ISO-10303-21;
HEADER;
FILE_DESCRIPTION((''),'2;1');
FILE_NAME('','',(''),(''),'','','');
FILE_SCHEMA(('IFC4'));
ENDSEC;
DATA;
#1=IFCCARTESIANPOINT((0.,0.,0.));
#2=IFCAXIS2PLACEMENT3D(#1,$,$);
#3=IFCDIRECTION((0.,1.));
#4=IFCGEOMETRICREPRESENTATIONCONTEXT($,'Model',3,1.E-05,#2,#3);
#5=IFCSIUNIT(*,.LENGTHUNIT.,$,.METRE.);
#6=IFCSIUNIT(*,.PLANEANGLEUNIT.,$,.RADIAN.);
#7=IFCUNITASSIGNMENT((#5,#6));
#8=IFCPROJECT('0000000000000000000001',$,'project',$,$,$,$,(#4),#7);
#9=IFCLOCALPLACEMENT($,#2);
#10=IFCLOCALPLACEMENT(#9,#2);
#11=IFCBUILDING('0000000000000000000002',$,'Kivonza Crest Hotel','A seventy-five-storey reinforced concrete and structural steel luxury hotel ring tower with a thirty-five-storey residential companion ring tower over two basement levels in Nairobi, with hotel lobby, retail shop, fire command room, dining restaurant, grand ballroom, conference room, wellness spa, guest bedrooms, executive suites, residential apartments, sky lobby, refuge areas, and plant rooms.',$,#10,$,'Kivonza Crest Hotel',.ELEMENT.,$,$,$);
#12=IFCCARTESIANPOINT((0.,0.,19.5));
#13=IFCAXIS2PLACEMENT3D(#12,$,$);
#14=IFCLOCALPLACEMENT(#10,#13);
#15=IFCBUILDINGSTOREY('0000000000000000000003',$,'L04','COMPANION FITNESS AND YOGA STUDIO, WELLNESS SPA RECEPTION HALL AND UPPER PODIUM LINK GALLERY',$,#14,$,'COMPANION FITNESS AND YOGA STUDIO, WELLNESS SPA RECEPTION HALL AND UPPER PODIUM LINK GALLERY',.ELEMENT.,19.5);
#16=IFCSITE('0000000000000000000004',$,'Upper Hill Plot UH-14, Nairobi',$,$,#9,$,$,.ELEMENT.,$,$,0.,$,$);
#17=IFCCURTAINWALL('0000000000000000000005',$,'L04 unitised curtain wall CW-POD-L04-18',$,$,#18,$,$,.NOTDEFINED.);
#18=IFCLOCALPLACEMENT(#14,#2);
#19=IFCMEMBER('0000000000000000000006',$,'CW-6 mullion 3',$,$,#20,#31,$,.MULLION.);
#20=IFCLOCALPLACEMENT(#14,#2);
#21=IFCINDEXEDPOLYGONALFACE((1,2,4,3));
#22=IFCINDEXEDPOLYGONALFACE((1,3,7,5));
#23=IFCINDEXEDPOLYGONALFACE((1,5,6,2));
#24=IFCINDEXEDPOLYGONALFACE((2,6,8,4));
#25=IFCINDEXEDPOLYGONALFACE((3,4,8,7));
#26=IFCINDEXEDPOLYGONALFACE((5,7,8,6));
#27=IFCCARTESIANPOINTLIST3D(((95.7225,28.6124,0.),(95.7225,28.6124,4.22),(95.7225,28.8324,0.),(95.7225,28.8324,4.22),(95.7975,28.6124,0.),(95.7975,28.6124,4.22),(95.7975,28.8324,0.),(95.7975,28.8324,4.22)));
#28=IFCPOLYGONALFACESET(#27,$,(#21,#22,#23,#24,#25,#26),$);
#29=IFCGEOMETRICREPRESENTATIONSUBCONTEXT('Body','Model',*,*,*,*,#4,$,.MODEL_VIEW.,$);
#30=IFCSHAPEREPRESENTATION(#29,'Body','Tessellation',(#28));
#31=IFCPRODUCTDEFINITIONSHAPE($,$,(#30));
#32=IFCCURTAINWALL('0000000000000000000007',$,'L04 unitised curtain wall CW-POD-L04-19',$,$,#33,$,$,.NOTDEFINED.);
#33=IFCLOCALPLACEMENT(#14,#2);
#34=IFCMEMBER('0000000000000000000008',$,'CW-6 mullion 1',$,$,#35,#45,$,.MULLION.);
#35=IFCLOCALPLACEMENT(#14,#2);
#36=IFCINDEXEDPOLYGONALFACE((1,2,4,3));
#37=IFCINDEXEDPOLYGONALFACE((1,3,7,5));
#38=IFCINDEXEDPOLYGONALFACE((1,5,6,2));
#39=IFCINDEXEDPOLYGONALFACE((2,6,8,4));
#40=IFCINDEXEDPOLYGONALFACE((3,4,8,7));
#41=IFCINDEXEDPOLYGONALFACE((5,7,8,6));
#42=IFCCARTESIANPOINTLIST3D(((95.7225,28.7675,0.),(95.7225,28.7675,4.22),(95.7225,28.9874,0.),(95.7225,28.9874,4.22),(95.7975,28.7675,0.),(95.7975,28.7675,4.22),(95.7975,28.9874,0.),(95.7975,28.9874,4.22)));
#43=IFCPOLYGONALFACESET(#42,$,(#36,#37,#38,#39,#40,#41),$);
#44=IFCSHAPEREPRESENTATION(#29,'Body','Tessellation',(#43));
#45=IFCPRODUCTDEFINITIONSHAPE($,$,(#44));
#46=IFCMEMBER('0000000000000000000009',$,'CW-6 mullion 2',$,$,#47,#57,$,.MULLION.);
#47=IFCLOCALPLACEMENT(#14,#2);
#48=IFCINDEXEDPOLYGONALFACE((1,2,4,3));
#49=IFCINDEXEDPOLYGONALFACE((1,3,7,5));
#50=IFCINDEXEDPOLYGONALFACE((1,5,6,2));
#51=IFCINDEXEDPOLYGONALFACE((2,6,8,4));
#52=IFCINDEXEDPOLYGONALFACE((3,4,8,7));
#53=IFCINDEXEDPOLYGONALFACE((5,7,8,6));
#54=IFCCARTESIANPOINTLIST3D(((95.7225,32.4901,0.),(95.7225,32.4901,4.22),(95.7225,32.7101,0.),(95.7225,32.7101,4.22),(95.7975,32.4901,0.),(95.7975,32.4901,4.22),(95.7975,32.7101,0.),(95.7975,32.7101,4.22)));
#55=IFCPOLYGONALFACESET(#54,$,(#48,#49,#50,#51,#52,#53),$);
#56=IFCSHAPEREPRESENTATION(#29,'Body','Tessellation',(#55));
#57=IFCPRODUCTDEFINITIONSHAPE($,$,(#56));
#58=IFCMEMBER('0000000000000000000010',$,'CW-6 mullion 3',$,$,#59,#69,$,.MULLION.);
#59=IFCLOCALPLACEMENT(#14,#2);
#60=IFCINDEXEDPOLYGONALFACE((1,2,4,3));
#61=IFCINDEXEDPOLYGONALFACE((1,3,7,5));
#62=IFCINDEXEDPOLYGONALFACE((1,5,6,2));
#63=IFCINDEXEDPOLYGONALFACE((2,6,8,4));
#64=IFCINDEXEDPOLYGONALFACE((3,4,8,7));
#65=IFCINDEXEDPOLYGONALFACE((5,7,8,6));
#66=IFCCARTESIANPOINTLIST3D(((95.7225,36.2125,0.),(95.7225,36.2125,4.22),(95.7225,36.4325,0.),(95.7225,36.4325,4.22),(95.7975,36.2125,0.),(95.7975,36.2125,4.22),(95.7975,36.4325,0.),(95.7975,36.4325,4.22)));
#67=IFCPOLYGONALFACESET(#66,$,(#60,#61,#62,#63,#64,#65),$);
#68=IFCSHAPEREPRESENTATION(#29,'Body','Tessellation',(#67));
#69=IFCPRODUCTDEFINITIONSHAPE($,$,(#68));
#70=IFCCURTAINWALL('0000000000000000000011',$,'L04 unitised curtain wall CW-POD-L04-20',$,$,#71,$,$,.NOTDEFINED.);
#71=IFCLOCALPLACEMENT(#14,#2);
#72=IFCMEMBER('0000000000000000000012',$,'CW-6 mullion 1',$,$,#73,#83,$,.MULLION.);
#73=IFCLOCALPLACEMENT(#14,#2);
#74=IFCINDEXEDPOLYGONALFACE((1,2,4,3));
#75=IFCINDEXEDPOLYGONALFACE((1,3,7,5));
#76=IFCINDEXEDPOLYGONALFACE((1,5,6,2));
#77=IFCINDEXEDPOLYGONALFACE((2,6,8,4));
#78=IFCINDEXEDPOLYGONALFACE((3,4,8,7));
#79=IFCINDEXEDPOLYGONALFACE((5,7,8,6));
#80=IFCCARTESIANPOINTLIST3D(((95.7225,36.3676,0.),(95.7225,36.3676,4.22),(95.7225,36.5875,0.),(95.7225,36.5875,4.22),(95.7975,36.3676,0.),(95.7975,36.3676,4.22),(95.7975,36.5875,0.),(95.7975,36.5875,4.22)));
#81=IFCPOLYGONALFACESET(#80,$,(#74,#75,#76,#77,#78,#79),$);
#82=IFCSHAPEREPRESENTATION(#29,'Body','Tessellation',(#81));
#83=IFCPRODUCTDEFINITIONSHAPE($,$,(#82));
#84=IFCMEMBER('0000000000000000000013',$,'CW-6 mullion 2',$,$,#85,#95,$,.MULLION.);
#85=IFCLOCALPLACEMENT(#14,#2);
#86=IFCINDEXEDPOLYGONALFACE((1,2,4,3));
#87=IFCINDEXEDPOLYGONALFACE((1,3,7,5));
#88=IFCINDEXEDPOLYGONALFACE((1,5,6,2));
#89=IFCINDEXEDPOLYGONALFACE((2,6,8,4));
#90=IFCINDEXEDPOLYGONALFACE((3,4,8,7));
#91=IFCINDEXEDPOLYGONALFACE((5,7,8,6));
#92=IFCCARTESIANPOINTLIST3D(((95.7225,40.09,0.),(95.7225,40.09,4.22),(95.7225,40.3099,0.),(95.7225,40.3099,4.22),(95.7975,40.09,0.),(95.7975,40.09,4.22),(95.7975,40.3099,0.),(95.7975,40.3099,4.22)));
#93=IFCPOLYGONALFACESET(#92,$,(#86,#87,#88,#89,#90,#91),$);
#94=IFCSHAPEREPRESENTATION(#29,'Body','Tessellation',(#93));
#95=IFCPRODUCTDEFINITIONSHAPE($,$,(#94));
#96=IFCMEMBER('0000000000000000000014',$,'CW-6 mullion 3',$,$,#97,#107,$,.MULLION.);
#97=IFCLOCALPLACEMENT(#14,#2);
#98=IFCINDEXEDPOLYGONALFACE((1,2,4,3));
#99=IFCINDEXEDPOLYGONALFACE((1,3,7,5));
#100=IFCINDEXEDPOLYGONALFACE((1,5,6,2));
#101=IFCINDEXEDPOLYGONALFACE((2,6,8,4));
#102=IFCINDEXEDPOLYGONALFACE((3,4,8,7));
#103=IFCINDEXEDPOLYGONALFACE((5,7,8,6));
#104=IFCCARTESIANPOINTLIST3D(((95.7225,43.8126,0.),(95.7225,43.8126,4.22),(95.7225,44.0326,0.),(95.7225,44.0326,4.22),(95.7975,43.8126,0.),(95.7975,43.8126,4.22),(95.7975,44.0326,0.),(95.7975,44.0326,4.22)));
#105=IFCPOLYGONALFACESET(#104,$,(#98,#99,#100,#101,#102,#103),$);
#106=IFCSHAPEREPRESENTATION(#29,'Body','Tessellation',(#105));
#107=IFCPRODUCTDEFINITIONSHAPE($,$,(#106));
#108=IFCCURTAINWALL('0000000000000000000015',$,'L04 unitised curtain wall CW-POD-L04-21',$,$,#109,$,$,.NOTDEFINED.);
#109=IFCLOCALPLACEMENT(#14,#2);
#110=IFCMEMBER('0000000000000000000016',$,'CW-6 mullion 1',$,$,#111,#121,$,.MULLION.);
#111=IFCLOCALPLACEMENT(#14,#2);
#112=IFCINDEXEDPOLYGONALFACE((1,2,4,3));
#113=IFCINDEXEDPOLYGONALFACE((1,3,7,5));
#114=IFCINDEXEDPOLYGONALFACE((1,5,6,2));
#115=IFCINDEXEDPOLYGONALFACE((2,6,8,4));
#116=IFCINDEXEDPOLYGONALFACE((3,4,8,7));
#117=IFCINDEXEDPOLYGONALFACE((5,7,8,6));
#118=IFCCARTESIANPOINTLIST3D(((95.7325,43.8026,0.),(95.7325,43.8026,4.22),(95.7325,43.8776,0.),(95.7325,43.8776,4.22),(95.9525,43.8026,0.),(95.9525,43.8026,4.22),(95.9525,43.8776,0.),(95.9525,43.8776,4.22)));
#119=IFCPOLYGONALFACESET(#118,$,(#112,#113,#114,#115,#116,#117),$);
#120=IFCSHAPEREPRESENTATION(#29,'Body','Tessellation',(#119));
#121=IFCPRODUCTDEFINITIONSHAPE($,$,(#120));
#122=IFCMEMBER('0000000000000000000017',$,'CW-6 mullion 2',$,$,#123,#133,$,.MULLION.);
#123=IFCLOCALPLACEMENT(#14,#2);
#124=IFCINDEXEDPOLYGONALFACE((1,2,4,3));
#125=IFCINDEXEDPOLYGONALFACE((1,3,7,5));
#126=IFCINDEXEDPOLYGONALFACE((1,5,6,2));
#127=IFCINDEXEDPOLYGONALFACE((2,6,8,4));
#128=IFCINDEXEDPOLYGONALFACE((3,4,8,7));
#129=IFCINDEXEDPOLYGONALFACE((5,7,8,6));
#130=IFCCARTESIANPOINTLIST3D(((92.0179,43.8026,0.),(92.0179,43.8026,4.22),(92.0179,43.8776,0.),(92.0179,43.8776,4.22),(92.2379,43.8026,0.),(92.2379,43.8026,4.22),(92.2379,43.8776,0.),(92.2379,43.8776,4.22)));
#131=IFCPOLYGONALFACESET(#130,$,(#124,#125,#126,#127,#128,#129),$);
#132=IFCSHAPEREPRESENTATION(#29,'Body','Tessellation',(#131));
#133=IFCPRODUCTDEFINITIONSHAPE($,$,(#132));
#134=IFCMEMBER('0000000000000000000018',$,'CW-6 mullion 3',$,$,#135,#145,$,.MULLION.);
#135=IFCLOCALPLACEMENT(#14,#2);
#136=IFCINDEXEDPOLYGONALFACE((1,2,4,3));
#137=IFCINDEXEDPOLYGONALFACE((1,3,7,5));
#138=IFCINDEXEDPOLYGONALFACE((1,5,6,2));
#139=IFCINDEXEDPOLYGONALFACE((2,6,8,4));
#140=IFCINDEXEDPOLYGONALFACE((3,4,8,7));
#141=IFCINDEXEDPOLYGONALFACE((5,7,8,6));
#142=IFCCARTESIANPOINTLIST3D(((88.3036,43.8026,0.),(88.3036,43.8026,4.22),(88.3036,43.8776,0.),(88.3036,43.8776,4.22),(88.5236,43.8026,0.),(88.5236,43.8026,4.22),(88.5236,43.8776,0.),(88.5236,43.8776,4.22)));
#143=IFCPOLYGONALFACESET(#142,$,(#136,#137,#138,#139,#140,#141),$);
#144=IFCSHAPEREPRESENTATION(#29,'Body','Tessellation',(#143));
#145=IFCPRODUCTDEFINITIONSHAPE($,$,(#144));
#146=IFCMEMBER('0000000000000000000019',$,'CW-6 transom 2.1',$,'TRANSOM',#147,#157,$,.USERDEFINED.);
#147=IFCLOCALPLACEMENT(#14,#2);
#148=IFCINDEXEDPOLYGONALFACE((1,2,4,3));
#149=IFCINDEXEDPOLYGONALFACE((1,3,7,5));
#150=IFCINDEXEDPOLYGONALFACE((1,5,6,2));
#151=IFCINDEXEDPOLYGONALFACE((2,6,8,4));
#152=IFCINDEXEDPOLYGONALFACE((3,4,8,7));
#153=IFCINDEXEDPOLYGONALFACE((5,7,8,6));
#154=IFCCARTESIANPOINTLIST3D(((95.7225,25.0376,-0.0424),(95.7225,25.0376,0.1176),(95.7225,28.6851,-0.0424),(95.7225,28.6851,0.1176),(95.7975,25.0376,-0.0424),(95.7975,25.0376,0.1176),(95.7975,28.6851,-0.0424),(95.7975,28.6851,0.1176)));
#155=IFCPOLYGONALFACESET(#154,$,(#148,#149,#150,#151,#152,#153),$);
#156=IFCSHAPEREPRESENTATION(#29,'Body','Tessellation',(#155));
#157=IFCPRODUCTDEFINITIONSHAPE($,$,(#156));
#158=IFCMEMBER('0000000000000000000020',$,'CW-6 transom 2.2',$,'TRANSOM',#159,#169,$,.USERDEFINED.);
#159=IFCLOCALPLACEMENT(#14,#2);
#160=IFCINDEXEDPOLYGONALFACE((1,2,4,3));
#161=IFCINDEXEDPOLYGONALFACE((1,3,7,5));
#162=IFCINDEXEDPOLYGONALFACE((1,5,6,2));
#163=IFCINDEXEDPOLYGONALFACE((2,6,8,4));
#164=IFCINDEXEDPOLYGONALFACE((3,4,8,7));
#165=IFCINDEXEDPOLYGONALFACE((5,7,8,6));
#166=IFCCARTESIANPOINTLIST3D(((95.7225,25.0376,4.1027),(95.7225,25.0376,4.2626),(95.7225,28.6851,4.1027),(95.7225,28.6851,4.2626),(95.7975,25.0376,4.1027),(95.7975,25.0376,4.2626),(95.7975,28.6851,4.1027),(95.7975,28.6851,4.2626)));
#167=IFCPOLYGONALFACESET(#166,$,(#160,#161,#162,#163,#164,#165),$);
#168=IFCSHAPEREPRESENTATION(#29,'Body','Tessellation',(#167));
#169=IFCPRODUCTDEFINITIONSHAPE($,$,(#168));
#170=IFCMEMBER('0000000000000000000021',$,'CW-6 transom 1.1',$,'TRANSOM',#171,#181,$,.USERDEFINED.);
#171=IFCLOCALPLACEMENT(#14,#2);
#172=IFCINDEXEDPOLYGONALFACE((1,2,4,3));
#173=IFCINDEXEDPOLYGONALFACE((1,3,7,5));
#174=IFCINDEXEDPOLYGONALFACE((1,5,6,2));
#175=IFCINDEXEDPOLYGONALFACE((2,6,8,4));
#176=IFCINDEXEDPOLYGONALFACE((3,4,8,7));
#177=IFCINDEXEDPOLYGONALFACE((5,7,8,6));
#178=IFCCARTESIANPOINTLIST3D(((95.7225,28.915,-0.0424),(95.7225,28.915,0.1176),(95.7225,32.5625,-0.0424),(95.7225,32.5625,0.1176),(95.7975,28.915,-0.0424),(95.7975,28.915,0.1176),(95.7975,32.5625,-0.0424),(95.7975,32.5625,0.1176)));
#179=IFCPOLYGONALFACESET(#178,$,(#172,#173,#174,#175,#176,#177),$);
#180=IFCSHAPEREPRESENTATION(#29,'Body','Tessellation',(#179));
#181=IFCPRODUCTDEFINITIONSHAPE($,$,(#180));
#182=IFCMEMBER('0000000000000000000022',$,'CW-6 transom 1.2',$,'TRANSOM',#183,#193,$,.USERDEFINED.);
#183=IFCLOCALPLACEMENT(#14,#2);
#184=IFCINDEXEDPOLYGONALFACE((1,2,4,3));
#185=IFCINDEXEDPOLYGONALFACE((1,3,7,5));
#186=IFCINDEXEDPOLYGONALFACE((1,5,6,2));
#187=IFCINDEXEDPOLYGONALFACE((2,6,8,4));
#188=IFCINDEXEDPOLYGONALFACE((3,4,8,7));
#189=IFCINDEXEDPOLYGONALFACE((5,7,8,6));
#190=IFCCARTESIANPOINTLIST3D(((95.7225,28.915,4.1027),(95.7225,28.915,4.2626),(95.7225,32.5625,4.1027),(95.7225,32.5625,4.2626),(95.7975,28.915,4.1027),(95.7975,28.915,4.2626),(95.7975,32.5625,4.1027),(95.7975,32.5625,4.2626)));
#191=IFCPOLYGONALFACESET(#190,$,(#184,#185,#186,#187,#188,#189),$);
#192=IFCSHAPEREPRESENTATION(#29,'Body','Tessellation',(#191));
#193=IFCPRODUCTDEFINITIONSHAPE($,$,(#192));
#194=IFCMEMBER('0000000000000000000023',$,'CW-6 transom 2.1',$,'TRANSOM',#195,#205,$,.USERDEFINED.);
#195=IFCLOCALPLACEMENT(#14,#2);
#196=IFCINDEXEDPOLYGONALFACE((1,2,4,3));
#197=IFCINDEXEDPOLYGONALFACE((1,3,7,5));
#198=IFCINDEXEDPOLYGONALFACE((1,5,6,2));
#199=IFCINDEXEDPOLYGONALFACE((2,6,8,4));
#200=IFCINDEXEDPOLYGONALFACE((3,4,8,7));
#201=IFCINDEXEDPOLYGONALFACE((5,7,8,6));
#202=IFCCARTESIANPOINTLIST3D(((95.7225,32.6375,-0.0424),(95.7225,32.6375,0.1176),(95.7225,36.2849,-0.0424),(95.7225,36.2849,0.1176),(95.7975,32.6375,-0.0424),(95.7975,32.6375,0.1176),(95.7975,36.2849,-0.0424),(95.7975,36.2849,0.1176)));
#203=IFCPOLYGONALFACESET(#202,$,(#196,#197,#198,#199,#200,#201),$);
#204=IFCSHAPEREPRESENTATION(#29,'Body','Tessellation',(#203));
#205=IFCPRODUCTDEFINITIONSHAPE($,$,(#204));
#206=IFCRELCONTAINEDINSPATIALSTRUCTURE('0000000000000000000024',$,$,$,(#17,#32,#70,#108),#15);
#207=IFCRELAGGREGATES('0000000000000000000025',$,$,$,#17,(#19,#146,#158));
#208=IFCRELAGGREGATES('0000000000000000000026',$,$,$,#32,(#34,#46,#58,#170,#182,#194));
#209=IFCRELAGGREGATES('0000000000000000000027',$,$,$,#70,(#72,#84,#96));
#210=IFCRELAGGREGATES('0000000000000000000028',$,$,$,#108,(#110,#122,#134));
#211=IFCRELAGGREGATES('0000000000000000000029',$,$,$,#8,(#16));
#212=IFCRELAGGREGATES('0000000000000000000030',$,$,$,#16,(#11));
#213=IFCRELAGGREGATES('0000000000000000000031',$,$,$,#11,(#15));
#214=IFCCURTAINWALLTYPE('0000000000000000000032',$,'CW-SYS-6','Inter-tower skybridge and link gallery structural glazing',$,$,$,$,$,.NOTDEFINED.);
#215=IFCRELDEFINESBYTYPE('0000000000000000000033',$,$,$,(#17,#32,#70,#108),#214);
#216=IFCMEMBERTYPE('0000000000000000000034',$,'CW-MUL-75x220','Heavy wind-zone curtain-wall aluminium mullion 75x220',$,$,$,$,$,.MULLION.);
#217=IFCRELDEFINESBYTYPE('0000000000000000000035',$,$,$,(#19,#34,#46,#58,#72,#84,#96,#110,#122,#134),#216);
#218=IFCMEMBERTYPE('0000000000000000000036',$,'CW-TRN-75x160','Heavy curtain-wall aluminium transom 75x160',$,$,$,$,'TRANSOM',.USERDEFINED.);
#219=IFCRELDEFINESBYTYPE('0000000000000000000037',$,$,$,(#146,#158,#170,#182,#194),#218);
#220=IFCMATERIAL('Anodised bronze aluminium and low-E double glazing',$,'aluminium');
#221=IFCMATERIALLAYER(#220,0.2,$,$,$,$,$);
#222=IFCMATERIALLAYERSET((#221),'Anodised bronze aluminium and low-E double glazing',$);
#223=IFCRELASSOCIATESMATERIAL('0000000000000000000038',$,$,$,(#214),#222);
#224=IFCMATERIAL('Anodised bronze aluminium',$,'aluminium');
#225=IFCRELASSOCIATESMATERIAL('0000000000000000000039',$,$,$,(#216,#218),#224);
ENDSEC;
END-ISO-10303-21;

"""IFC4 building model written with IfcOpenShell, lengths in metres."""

from ifc_helpers import new_model, si_unit, direction, frame, origin, origin_2d, place, context, subcontext, project, spatial, rectangle, extrude, material, layer, layer_set, material_profile, profile_set, type_object, element, aggregate, save


model = new_model("IFC4")

# Units and contexts
model_context = context("Model", 3, precision=1e-05, world=origin(), true_north=direction((0.0, 1.0)))
body_context = subcontext(model_context, "Body", "Model", "MODEL_VIEW")
ifc_project = project(units=[si_unit("LENGTHUNIT", "METRE"), si_unit("PLANEANGLEUNIT", "RADIAN")], contexts=[model_context])

# Site, building, storey
site_placement = place(None, origin())
site = spatial("IfcSite", under=ifc_project, at=site_placement, Name="Upper Hill Plot UH-14, Nairobi", CompositionType="ELEMENT", RefElevation=0.0)
building_placement = place(site_placement, origin())
building = spatial("IfcBuilding", under=site, at=building_placement, Name="Kivonza Crest Hotel", Description="A seventy-five-storey reinforced concrete and structural steel luxury hotel ring tower with a thirty-five-storey residential companion ring tower over two basement levels in Nairobi, with hotel lobby, retail shop, fire command room, dining restaurant, grand ballroom, conference room, wellness spa, guest bedrooms, executive suites, residential apartments, sky lobby, refuge areas, and plant rooms.", LongName="Kivonza Crest Hotel", CompositionType="ELEMENT")
storey_placement = place(building_placement, frame((0.0, 0.0, 19.5)))
storey = spatial("IfcBuildingStorey", under=building, at=storey_placement, Name="L04", Description="COMPANION FITNESS AND YOGA STUDIO, WELLNESS SPA RECEPTION HALL AND UPPER PODIUM LINK GALLERY", LongName="COMPANION FITNESS AND YOGA STUDIO, WELLNESS SPA RECEPTION HALL AND UPPER PODIUM LINK GALLERY", CompositionType="ELEMENT", Elevation=19.5)

# Curtain walls, members
ifc_material_1 = material(Name="Anodised bronze aluminium and low-E double glazing", Category="aluminium")
ifc_layer_1 = layer(ifc_material_1, 0.2)
ifc_layer_set_1 = layer_set([ifc_layer_1], Name="Anodised bronze aluminium and low-E double glazing")
curtain_wall_type = type_object("IfcCurtainWallType", Name="CW-SYS-6", Description="Inter-tower skybridge and link gallery structural glazing", PredefinedType="NOTDEFINED", material=ifc_layer_set_1)
curtain_wall_1_placement = place(storey_placement, origin())
curtain_wall_1 = element("IfcCurtainWall", 1, at=curtain_wall_1_placement, inside=storey, type_object=curtain_wall_type, Name="L04 unitised curtain wall CW-POD-L04-18", PredefinedType="NOTDEFINED")
ifc_material_2 = material(Name="Anodised bronze aluminium", Category="aluminium")
ifc_material_profile_1 = material_profile(ifc_material_2, rectangle(XDim=0.075, YDim=0.22, at=origin_2d()), Name="CW-M 75x220")
ifc_profile_set_1 = profile_set([ifc_material_profile_1], Name="Anodised bronze aluminium")
member_type_1 = type_object("IfcMemberType", Name="CW-MUL-75x220", Description="Heavy wind-zone curtain-wall aluminium mullion 75x220", PredefinedType="MULLION", material=ifc_profile_set_1)
member_1_placement = place(storey_placement, frame((95.76, 28.7224, 0.0), z_axis=(0.0, 0.0, 1.0), x_axis=(-1.0, 0.0, 0.0)))
member_1 = element("IfcMember", 2, at=member_1_placement, type_object=member_type_1, Name="CW-6 mullion 3", PredefinedType="MULLION", context=body_context, shape_type="SweptSolid", body=[
    extrude(rectangle(XDim=0.075, YDim=0.22, at=origin_2d()), origin(), (0.0, 0.0, 1.0), 4.22),
])
curtain_wall_2_placement = place(storey_placement, origin())
curtain_wall_2 = element("IfcCurtainWall", 3, at=curtain_wall_2_placement, inside=storey, type_object=curtain_wall_type, Name="L04 unitised curtain wall CW-POD-L04-19", PredefinedType="NOTDEFINED")
member_2_placement = place(storey_placement, frame((95.76, 28.8774, 0.0), z_axis=(0.0, 0.0, 1.0), x_axis=(-1.0, 0.0, 0.0)))
member_2 = element("IfcMember", 4, at=member_2_placement, type_object=member_type_1, Name="CW-6 mullion 1", PredefinedType="MULLION", context=body_context, shape_type="SweptSolid", body=[
    extrude(rectangle(XDim=0.075, YDim=0.22, at=origin_2d()), origin(), (0.0, 0.0, 1.0), 4.22),
])
member_3_placement = place(storey_placement, frame((95.76, 32.6001, 0.0), z_axis=(0.0, 0.0, 1.0), x_axis=(-1.0, 0.0, 0.0)))
member_3 = element("IfcMember", 5, at=member_3_placement, type_object=member_type_1, Name="CW-6 mullion 2", PredefinedType="MULLION", context=body_context, shape_type="SweptSolid", body=[
    extrude(rectangle(XDim=0.075, YDim=0.22, at=origin_2d()), origin(), (0.0, 0.0, 1.0), 4.22),
])
member_4_placement = place(storey_placement, frame((95.76, 36.3225, 0.0), z_axis=(0.0, 0.0, 1.0), x_axis=(-1.0, 0.0, 0.0)))
member_4 = element("IfcMember", 6, at=member_4_placement, type_object=member_type_1, Name="CW-6 mullion 3", PredefinedType="MULLION", context=body_context, shape_type="SweptSolid", body=[
    extrude(rectangle(XDim=0.075, YDim=0.22, at=origin_2d()), origin(), (0.0, 0.0, 1.0), 4.22),
])
curtain_wall_3_placement = place(storey_placement, origin())
curtain_wall_3 = element("IfcCurtainWall", 7, at=curtain_wall_3_placement, inside=storey, type_object=curtain_wall_type, Name="L04 unitised curtain wall CW-POD-L04-20", PredefinedType="NOTDEFINED")
member_5_placement = place(storey_placement, frame((95.76, 36.4775, 0.0), z_axis=(0.0, 0.0, 1.0), x_axis=(-1.0, 0.0, 0.0)))
member_5 = element("IfcMember", 8, at=member_5_placement, type_object=member_type_1, Name="CW-6 mullion 1", PredefinedType="MULLION", context=body_context, shape_type="SweptSolid", body=[
    extrude(rectangle(XDim=0.075, YDim=0.22, at=origin_2d()), origin(), (0.0, 0.0, 1.0), 4.22),
])
member_6_placement = place(storey_placement, frame((95.76, 40.2, 0.0), z_axis=(0.0, 0.0, 1.0), x_axis=(-1.0, 0.0, 0.0)))
member_6 = element("IfcMember", 9, at=member_6_placement, type_object=member_type_1, Name="CW-6 mullion 2", PredefinedType="MULLION", context=body_context, shape_type="SweptSolid", body=[
    extrude(rectangle(XDim=0.075, YDim=0.22, at=origin_2d()), origin(), (0.0, 0.0, 1.0), 4.22),
])
member_7_placement = place(storey_placement, frame((95.76, 43.9226, 0.0), z_axis=(0.0, 0.0, 1.0), x_axis=(-1.0, 0.0, 0.0)))
member_7 = element("IfcMember", 10, at=member_7_placement, type_object=member_type_1, Name="CW-6 mullion 3", PredefinedType="MULLION", context=body_context, shape_type="SweptSolid", body=[
    extrude(rectangle(XDim=0.075, YDim=0.22, at=origin_2d()), origin(), (0.0, 0.0, 1.0), 4.22),
])
curtain_wall_4_placement = place(storey_placement, origin())
curtain_wall_4 = element("IfcCurtainWall", 11, at=curtain_wall_4_placement, inside=storey, type_object=curtain_wall_type, Name="L04 unitised curtain wall CW-POD-L04-21", PredefinedType="NOTDEFINED")
member_8_placement = place(storey_placement, frame((95.8425, 43.8401, 0.0), z_axis=(0.0, 0.0, 1.0), x_axis=(0.0, -1.0, 0.0)))
member_8 = element("IfcMember", 12, at=member_8_placement, type_object=member_type_1, Name="CW-6 mullion 1", PredefinedType="MULLION", context=body_context, shape_type="SweptSolid", body=[
    extrude(rectangle(XDim=0.075, YDim=0.22, at=origin_2d()), origin(), (0.0, 0.0, 1.0), 4.22),
])
member_9_placement = place(storey_placement, frame((92.1279, 43.8401, 0.0), z_axis=(0.0, 0.0, 1.0), x_axis=(0.0, -1.0, 0.0)))
member_9 = element("IfcMember", 13, at=member_9_placement, type_object=member_type_1, Name="CW-6 mullion 2", PredefinedType="MULLION", context=body_context, shape_type="SweptSolid", body=[
    extrude(rectangle(XDim=0.075, YDim=0.22, at=origin_2d()), origin(), (0.0, 0.0, 1.0), 4.22),
])
member_10_placement = place(storey_placement, frame((88.4136, 43.8401, 0.0), z_axis=(0.0, 0.0, 1.0), x_axis=(0.0, -1.0, 0.0)))
member_10 = element("IfcMember", 14, at=member_10_placement, type_object=member_type_1, Name="CW-6 mullion 3", PredefinedType="MULLION", context=body_context, shape_type="SweptSolid", body=[
    extrude(rectangle(XDim=0.075, YDim=0.22, at=origin_2d()), origin(), (0.0, 0.0, 1.0), 4.22),
])

# Members
ifc_material_profile_2 = material_profile(ifc_material_2, rectangle(XDim=0.075, YDim=0.1599, at=origin_2d()), Name="CW-T 75x160")
ifc_profile_set_2 = profile_set([ifc_material_profile_2], Name="Anodised bronze aluminium")
member_type_2 = type_object("IfcMemberType", Name="CW-TRN-75x160", Description="Heavy curtain-wall aluminium transom 75x160", ElementType="TRANSOM", PredefinedType="USERDEFINED", material=ifc_profile_set_2)
member_11_placement = place(storey_placement, frame((95.76, 25.0376, 0.0376), z_axis=(0.0, 1.0, 0.0), x_axis=(-1.0, 0.0, 0.0)))
member_11 = element("IfcMember", 15, at=member_11_placement, type_object=member_type_2, Name="CW-6 transom 2.1", ObjectType="TRANSOM", PredefinedType="USERDEFINED", context=body_context, shape_type="SweptSolid", body=[
    extrude(rectangle(XDim=0.075, YDim=0.1599, at=origin_2d()), origin(), (0.0, 0.0, 1.0), 3.6475),
])
member_12_placement = place(storey_placement, frame((95.76, 25.0376, 4.1826), z_axis=(0.0, 1.0, 0.0), x_axis=(-1.0, 0.0, 0.0)))
member_12 = element("IfcMember", 16, at=member_12_placement, type_object=member_type_2, Name="CW-6 transom 2.2", ObjectType="TRANSOM", PredefinedType="USERDEFINED", context=body_context, shape_type="SweptSolid", body=[
    extrude(rectangle(XDim=0.075, YDim=0.1599, at=origin_2d()), origin(), (0.0, 0.0, 1.0), 3.6475),
])
member_13_placement = place(storey_placement, frame((95.76, 28.915, 0.0376), z_axis=(0.0, 1.0, 0.0), x_axis=(-1.0, 0.0, 0.0)))
member_13 = element("IfcMember", 17, at=member_13_placement, type_object=member_type_2, Name="CW-6 transom 1.1", ObjectType="TRANSOM", PredefinedType="USERDEFINED", context=body_context, shape_type="SweptSolid", body=[
    extrude(rectangle(XDim=0.075, YDim=0.1599, at=origin_2d()), origin(), (0.0, 0.0, 1.0), 3.6475),
])
member_14_placement = place(storey_placement, frame((95.76, 28.915, 4.1826), z_axis=(0.0, 1.0, 0.0), x_axis=(-1.0, 0.0, 0.0)))
member_14 = element("IfcMember", 18, at=member_14_placement, type_object=member_type_2, Name="CW-6 transom 1.2", ObjectType="TRANSOM", PredefinedType="USERDEFINED", context=body_context, shape_type="SweptSolid", body=[
    extrude(rectangle(XDim=0.075, YDim=0.1599, at=origin_2d()), origin(), (0.0, 0.0, 1.0), 3.6475),
])
member_15_placement = place(storey_placement, frame((95.76, 32.6375, 0.0376), z_axis=(0.0, 1.0, 0.0), x_axis=(-1.0, 0.0, 0.0)))
member_15 = element("IfcMember", 19, at=member_15_placement, type_object=member_type_2, Name="CW-6 transom 2.1", ObjectType="TRANSOM", PredefinedType="USERDEFINED", context=body_context, shape_type="SweptSolid", body=[
    extrude(rectangle(XDim=0.075, YDim=0.1599, at=origin_2d()), origin(), (0.0, 0.0, 1.0), 3.6475),
])

aggregate(curtain_wall_1, [member_1, member_11, member_12])
aggregate(curtain_wall_2, [member_2, member_3, member_4, member_13, member_14, member_15])
aggregate(curtain_wall_3, [member_5, member_6, member_7])
aggregate(curtain_wall_4, [member_8, member_9, member_10])

save(model, "model.ifc")
